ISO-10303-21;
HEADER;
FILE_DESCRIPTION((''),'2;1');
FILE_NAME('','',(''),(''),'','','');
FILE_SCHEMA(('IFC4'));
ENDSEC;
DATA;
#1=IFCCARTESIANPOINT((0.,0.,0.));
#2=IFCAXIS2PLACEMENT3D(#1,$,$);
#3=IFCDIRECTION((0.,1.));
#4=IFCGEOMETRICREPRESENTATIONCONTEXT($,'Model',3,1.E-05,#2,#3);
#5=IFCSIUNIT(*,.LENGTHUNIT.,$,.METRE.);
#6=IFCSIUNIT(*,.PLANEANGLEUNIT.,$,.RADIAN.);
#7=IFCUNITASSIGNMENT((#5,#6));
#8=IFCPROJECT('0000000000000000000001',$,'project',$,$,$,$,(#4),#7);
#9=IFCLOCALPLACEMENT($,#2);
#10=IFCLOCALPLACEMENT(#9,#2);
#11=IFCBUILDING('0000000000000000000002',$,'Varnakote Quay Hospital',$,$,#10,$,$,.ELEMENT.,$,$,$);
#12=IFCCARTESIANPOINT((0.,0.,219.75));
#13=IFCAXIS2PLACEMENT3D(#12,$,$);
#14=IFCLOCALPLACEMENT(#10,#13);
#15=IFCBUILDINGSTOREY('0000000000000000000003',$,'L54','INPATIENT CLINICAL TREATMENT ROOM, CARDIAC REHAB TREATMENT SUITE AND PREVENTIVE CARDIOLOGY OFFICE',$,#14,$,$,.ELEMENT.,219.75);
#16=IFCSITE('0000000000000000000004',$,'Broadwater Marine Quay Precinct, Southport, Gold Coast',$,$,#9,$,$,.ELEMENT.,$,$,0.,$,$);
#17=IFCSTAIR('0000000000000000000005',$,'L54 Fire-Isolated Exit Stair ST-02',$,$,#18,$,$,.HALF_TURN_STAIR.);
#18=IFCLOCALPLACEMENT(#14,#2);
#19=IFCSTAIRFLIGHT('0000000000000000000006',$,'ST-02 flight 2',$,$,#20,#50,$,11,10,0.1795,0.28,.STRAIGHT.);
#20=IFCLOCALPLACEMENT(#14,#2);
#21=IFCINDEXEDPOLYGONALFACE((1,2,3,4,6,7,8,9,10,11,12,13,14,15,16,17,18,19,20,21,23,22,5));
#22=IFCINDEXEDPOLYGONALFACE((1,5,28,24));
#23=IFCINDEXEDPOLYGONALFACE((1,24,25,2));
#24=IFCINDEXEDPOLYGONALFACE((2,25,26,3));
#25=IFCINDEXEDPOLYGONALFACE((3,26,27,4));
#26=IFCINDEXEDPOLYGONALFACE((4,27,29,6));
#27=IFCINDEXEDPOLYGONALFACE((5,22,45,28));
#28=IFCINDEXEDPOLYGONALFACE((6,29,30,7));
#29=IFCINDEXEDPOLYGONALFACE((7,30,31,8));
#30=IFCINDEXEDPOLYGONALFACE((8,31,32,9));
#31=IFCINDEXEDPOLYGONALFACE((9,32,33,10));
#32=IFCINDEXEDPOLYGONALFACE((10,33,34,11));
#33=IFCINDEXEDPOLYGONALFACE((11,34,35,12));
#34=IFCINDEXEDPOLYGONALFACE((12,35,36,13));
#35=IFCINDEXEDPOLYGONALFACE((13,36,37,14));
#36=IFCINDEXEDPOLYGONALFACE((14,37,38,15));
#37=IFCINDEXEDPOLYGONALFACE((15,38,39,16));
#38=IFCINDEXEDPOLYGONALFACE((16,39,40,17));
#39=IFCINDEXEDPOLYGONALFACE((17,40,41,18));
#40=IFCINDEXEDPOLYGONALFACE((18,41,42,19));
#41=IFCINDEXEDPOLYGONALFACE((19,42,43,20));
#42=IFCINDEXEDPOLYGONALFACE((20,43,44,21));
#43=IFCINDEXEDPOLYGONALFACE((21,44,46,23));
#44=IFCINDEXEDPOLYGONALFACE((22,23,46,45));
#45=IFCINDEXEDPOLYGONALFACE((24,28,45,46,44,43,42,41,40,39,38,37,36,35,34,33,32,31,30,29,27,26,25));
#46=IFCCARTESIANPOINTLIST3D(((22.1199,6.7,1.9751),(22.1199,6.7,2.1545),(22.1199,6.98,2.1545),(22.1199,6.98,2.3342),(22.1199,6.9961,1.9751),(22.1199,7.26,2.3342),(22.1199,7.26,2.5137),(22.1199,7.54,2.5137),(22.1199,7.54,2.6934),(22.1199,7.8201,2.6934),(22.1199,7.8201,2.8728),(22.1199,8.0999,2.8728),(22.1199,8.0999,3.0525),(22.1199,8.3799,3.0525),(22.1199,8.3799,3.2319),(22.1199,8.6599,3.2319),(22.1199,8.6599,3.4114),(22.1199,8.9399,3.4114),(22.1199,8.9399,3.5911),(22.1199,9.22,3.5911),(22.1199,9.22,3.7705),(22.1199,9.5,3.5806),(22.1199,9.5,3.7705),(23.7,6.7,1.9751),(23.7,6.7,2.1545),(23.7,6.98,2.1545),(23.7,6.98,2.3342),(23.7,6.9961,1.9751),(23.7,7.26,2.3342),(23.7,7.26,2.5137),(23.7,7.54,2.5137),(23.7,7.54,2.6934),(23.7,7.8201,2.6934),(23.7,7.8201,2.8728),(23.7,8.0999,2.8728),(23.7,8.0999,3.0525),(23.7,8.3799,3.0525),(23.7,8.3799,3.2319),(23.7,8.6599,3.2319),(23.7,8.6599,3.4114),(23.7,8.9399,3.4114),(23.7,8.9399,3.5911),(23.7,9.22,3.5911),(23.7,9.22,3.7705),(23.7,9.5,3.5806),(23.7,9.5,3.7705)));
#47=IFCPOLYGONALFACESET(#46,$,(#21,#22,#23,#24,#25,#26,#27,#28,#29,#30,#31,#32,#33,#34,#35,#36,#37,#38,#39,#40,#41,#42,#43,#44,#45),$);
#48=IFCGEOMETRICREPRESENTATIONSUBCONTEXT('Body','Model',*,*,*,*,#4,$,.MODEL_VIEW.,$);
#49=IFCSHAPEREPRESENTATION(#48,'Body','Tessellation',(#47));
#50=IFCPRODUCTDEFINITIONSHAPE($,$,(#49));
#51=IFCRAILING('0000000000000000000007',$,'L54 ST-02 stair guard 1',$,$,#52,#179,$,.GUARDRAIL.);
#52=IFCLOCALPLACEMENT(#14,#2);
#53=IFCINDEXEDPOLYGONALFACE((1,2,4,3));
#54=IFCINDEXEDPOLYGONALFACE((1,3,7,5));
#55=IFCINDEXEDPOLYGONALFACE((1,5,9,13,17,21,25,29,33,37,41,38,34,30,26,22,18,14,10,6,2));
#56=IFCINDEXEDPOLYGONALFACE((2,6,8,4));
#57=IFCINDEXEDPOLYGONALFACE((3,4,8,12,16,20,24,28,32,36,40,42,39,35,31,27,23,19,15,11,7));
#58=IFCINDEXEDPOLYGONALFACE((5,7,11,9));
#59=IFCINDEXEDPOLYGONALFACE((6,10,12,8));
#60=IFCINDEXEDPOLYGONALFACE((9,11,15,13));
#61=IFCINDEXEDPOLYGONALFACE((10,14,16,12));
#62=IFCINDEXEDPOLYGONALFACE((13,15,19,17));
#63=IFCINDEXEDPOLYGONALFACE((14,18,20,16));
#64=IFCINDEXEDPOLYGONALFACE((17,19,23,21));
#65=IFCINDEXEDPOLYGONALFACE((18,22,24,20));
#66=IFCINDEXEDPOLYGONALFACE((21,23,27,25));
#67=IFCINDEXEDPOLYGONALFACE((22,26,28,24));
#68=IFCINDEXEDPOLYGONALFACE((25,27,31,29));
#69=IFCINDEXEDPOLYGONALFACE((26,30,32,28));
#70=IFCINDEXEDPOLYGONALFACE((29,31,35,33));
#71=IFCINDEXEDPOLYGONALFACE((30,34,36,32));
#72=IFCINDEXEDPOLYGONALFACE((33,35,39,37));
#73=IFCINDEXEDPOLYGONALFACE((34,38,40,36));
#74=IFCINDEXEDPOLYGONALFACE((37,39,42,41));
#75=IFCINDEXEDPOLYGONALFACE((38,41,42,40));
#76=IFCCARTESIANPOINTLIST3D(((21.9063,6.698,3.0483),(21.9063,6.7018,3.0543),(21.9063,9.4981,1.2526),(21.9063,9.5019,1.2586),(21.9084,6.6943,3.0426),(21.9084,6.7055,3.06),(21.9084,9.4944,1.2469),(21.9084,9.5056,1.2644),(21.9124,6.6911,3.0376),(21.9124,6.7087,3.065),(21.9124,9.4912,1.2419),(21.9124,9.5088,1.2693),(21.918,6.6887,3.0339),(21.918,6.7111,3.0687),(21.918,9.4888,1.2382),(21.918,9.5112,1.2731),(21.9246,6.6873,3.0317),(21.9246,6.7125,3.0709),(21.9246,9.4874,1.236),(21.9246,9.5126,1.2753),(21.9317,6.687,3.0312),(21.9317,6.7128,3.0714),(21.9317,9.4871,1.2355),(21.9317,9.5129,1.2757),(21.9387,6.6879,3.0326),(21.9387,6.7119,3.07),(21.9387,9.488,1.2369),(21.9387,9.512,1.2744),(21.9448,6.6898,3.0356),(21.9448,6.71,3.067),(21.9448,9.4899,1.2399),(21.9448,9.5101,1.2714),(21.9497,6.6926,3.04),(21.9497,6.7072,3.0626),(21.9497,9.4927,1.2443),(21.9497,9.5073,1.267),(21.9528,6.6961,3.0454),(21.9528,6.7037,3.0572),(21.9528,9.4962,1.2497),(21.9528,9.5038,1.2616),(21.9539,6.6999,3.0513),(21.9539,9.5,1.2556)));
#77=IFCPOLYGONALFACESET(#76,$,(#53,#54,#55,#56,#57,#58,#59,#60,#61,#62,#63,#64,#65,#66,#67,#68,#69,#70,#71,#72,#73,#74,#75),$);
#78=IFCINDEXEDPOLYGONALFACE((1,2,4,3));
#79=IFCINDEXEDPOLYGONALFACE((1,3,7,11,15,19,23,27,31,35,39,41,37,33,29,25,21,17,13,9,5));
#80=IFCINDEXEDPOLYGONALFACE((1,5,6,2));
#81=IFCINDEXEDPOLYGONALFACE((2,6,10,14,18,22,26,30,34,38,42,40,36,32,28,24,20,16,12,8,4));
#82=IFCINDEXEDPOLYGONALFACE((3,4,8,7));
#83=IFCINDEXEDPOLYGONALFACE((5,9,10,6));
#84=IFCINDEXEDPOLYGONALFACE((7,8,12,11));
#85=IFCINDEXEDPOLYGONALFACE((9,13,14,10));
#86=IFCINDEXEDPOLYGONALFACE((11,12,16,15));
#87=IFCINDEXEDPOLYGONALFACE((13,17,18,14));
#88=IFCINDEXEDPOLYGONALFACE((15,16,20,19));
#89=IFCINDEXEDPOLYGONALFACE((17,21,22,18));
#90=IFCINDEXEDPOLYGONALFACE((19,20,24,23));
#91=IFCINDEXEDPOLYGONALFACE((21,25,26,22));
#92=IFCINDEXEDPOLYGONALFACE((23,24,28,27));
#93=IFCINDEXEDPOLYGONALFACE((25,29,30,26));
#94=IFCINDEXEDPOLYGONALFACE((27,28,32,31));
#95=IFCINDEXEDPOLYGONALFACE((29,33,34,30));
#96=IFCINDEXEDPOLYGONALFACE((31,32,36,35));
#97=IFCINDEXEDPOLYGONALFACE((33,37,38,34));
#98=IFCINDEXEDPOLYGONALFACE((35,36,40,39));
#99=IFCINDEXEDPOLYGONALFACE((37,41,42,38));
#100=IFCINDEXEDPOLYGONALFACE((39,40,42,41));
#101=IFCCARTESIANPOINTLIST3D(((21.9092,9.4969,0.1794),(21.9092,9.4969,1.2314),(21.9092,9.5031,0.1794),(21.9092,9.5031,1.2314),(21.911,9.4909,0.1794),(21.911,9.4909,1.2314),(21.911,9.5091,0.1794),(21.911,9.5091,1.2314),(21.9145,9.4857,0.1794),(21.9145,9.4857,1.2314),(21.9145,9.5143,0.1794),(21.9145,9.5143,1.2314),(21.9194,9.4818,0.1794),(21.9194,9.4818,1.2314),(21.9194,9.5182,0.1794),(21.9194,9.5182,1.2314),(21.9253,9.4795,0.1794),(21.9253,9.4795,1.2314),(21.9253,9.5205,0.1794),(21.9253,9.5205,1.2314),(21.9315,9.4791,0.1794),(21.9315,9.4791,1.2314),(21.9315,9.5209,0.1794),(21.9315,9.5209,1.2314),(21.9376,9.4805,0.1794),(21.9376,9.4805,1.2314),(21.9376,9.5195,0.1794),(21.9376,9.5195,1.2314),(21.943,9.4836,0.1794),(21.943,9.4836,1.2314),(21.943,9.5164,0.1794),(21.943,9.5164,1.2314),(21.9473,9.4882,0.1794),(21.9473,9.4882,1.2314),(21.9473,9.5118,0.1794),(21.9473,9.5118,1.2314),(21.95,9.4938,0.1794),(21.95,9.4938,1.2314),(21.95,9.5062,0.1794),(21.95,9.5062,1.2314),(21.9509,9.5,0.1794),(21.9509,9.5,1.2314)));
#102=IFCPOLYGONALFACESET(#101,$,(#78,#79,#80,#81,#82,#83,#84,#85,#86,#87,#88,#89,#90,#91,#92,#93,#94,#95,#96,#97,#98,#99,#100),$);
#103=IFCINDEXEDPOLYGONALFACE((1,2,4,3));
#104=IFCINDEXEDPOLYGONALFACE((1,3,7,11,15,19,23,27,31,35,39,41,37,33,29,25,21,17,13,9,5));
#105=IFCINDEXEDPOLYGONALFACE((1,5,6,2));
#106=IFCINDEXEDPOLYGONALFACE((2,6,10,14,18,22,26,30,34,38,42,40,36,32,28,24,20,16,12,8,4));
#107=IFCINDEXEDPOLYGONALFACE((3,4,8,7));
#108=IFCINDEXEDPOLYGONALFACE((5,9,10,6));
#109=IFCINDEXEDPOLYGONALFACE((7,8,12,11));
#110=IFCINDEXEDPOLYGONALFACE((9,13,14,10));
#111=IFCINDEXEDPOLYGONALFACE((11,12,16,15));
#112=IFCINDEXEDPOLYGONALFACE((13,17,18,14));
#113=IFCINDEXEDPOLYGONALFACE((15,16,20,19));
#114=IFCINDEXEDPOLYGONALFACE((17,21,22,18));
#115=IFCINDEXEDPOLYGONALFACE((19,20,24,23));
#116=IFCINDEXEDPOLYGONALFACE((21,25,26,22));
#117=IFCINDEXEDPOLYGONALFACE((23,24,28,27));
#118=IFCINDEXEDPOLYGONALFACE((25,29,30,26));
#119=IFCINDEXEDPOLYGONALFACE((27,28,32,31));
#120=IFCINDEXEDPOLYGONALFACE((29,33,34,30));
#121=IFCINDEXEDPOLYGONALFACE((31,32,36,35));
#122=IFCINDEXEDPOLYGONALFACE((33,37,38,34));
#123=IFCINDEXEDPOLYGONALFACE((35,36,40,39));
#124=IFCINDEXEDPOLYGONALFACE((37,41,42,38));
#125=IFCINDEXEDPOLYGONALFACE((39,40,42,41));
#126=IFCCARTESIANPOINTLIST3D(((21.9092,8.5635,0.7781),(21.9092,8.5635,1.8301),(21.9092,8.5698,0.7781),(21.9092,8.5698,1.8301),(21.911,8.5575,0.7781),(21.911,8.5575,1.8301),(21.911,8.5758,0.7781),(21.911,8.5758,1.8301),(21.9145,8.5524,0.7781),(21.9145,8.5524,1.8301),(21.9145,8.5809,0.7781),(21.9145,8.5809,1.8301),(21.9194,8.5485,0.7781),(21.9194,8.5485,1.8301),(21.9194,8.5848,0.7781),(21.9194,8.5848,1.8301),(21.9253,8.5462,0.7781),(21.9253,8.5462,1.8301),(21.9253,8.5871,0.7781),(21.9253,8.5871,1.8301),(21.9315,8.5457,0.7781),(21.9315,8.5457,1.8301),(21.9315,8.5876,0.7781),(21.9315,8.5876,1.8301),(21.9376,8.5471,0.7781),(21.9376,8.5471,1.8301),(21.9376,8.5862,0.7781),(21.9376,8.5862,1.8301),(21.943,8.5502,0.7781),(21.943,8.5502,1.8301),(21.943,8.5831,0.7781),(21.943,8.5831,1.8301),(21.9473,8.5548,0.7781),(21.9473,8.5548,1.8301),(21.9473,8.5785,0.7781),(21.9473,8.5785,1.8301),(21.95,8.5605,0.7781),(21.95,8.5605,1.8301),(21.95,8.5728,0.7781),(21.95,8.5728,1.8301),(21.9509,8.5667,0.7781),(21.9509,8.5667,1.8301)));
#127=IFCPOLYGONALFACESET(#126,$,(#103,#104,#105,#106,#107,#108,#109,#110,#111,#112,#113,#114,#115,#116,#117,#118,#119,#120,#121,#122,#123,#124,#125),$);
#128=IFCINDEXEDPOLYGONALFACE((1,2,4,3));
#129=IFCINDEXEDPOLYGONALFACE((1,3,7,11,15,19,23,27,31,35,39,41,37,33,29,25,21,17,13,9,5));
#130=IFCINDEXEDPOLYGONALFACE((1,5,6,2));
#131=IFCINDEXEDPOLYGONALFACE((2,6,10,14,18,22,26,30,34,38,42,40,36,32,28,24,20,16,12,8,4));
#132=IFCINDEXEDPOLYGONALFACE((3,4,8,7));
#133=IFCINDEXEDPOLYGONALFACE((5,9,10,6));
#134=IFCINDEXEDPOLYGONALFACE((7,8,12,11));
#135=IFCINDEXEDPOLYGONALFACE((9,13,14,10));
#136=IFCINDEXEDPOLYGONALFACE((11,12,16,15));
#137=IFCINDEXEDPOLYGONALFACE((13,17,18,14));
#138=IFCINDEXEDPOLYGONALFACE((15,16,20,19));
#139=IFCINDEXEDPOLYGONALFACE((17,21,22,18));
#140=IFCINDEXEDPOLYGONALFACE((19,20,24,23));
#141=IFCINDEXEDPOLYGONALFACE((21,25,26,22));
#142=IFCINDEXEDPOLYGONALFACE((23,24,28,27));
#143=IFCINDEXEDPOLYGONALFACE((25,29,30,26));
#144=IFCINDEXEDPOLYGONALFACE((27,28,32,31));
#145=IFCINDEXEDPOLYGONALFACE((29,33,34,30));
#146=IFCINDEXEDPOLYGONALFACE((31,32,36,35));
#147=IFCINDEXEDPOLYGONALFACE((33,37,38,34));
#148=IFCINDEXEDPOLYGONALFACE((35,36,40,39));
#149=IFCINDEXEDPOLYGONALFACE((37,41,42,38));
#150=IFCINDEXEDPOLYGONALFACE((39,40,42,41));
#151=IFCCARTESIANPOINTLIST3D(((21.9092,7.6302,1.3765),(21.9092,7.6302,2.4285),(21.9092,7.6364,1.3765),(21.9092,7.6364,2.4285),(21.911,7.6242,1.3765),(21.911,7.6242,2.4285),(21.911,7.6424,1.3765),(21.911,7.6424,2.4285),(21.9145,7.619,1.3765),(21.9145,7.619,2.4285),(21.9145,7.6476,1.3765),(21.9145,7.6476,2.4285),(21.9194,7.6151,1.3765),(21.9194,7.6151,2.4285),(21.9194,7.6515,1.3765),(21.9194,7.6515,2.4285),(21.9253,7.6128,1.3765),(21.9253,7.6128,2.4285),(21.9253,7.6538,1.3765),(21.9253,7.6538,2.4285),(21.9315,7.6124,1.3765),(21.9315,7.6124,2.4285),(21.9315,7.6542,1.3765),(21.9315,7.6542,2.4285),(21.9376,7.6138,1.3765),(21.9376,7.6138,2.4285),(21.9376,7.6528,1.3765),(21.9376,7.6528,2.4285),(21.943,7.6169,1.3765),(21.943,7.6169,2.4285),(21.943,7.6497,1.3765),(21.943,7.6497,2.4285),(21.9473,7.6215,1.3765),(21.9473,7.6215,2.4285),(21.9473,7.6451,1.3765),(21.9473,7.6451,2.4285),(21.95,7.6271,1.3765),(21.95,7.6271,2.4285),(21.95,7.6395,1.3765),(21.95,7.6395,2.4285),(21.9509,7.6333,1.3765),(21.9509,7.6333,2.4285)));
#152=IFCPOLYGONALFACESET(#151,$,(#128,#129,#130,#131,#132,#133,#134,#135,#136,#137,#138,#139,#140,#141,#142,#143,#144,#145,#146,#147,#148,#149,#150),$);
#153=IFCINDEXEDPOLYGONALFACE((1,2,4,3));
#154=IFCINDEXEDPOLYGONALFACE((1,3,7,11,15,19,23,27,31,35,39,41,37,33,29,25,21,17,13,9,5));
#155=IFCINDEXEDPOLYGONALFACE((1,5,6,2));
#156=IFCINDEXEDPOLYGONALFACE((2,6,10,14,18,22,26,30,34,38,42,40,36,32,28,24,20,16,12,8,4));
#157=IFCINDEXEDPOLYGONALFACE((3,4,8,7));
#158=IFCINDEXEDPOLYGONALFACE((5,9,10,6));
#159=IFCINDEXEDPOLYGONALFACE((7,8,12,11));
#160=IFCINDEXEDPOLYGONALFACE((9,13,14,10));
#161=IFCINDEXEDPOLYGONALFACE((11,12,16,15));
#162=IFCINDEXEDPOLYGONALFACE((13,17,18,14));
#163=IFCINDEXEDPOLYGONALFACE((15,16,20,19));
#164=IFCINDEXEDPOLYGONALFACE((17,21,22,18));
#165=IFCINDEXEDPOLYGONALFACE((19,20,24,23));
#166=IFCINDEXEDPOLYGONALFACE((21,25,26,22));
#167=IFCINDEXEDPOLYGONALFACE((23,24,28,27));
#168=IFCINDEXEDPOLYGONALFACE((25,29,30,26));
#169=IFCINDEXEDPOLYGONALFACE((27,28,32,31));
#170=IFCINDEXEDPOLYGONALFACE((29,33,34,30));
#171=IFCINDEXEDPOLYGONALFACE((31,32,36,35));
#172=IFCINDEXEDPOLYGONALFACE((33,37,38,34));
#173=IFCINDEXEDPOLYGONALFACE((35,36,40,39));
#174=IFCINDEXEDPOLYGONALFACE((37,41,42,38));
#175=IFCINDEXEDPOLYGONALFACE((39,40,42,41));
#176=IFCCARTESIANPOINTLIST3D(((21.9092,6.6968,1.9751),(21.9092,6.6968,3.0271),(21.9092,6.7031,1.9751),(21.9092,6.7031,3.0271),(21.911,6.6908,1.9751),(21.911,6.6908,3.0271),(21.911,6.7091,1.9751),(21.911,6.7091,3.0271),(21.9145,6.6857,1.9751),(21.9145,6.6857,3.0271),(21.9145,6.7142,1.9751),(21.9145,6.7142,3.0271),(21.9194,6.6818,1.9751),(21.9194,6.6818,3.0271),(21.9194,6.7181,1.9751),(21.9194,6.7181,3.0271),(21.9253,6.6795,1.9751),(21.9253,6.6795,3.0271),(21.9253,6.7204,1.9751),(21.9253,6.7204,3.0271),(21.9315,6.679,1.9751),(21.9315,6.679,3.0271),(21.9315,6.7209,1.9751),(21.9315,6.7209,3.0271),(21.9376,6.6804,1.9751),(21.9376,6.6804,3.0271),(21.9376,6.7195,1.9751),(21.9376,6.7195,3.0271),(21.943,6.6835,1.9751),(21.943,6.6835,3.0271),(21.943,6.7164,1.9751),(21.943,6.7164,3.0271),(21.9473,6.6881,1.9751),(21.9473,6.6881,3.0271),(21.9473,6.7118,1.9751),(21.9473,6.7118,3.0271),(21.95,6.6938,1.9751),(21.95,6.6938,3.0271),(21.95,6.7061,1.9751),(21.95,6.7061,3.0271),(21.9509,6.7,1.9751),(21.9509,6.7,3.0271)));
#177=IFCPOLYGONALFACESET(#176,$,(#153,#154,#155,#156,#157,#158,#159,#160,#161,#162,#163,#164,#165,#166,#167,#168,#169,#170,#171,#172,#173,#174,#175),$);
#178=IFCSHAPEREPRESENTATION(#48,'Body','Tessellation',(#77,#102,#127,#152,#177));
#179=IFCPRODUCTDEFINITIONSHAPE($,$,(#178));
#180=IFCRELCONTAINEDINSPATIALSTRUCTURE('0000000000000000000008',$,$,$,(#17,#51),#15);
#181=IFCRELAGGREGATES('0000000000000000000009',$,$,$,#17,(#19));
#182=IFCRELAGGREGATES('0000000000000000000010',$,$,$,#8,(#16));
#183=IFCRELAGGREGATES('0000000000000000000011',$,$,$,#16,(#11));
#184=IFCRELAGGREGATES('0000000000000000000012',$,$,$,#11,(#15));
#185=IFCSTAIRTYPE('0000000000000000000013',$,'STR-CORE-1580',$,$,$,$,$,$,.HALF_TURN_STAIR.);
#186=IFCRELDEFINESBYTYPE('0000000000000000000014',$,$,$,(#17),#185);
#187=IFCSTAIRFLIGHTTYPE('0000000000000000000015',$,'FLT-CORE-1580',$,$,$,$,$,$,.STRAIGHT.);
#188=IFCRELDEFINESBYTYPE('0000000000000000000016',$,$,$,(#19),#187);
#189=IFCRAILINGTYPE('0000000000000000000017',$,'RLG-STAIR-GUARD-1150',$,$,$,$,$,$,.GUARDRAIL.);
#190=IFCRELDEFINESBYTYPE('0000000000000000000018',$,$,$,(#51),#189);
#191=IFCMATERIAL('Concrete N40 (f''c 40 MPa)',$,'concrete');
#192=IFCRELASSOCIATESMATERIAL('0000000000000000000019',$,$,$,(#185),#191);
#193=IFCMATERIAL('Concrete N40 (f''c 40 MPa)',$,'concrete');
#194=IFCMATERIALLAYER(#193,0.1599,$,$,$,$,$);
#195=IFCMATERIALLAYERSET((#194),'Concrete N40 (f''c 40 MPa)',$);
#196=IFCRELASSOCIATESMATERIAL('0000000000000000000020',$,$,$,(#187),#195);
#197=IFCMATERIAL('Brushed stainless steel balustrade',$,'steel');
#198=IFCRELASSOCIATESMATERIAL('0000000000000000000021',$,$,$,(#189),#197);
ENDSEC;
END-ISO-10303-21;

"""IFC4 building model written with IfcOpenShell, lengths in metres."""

from ifc_helpers import new_model, si_unit, direction, frame, origin, origin_2d, place, context, subcontext, project, spatial, polyline, circle, outline, extrude, material, layer, layer_set, type_object, element, aggregate, save


model = new_model("IFC4")

# Units and contexts
model_context = context("Model", 3, precision=1e-05, world=origin(), true_north=direction((0.0, 1.0)))
body_context = subcontext(model_context, "Body", "Model", "MODEL_VIEW")
ifc_project = project(units=[si_unit("LENGTHUNIT", "METRE"), si_unit("PLANEANGLEUNIT", "RADIAN")], contexts=[model_context])

# Site, building, storey
site_placement = place(None, origin())
site = spatial("IfcSite", under=ifc_project, at=site_placement, Name="Broadwater Marine Quay Precinct, Southport, Gold Coast", CompositionType="ELEMENT", RefElevation=0.0)
building_placement = place(site_placement, origin())
building = spatial("IfcBuilding", under=site, at=building_placement, Name="Varnakote Quay Hospital", CompositionType="ELEMENT")
storey_placement = place(building_placement, frame((0.0, 0.0, 219.75)))
storey = spatial("IfcBuildingStorey", under=building, at=storey_placement, Name="L54", Description="INPATIENT CLINICAL TREATMENT ROOM, CARDIAC REHAB TREATMENT SUITE AND PREVENTIVE CARDIOLOGY OFFICE", CompositionType="ELEMENT", Elevation=219.75)

# Stair, stair flight
ifc_material_1 = material(Name="Concrete N40 (f'c 40 MPa)", Category="concrete")
stair_type = type_object("IfcStairType", Name="STR-CORE-1580", PredefinedType="HALF_TURN_STAIR", material=ifc_material_1)
stair_placement = place(storey_placement, origin())
stair = element("IfcStair", 1, at=stair_placement, inside=storey, type_object=stair_type, Name="L54 Fire-Isolated Exit Stair ST-02", PredefinedType="HALF_TURN_STAIR")
ifc_material_2 = material(Name="Concrete N40 (f'c 40 MPa)", Category="concrete")
ifc_layer_1 = layer(ifc_material_2, 0.1599)
ifc_layer_set_1 = layer_set([ifc_layer_1], Name="Concrete N40 (f'c 40 MPa)")
stair_flight_type = type_object("IfcStairFlightType", Name="FLT-CORE-1580", PredefinedType="STRAIGHT", material=ifc_layer_set_1)
stair_flight_1_placement = place(storey_placement, frame((22.9099, 6.7, 1.9751), z_axis=(0.0, 0.0, 1.0), x_axis=(0.0, 1.0, 0.0)))
stair_flight_1 = element("IfcStairFlight", 2, at=stair_flight_1_placement, type_object=stair_flight_type, Name="ST-02 flight 2", NumberOfRisers=11, NumberOfTreads=10, PredefinedType="STRAIGHT", RiserHeight=0.1795, TreadLength=0.28, context=body_context, shape_type="SweptSolid", body=[
    extrude(outline(polyline([(0.0, 0.0), (0.0, 0.1794), (0.28, 0.1794), (0.28, 0.3591), (0.5601, 0.3591), (0.5601, 0.5386), (0.8401, 0.5386), (0.8401, 0.7183), (1.1201, 0.7183), (1.1201, 0.8977), (1.3999, 0.8977), (1.3999, 1.0774), (1.6799, 1.0774), (1.6799, 1.2568), (1.96, 1.2568), (1.96, 1.4363), (2.24, 1.4363), (2.24, 1.616), (2.52, 1.616), (2.52, 1.7954), (2.8, 1.7954), (2.8, 1.9751), (2.8, 1.6055), (0.2961, 0.0), (0.0, 0.0)])), frame((0.0, 0.79, 0.0), z_axis=(0.0, -1.0, 0.0), x_axis=(1.0, 0.0, 0.0)), (0.0, 0.0, 1.0), 1.5801),
])
aggregate(stair, [stair_flight_1])

# Railing
ifc_material_3 = material(Name="Brushed stainless steel balustrade", Category="steel")
railing_type_1 = type_object("IfcRailingType", Name="RLG-STAIR-GUARD-1150", PredefinedType="GUARDRAIL", material=ifc_material_3)
railing_1_placement = place(storey_placement, frame((21.9299, 9.5, 0.1794)))
element("IfcRailing", 3, at=railing_1_placement, inside=storey, type_object=railing_type_1, Name="L54 ST-02 stair guard 1", PredefinedType="GUARDRAIL", context=body_context, shape_type="SweptSolid", body=[
    extrude(circle(Radius=0.0239, at=origin_2d()), frame((0.0, 0.0, 1.0762), z_axis=(0.0, -0.841777, 0.539826), x_axis=(1.0, 0.0, 0.0)), (0.0, 0.0, 1.0), 3.3264),
    extrude(circle(Radius=0.021, at=origin_2d()), origin(), (0.0, 0.0, 1.0), 1.052),
    extrude(circle(Radius=0.021, at=origin_2d()), frame((0.0, -0.9333, 0.5986)), (0.0, 0.0, 1.0), 1.052),
    extrude(circle(Radius=0.021, at=origin_2d()), frame((0.0, -1.8667, 1.197)), (0.0, 0.0, 1.0), 1.052),
    extrude(circle(Radius=0.021, at=origin_2d()), frame((0.0, -2.8, 1.7957)), (0.0, 0.0, 1.0), 1.052),
])

save(model, "model.ifc")
